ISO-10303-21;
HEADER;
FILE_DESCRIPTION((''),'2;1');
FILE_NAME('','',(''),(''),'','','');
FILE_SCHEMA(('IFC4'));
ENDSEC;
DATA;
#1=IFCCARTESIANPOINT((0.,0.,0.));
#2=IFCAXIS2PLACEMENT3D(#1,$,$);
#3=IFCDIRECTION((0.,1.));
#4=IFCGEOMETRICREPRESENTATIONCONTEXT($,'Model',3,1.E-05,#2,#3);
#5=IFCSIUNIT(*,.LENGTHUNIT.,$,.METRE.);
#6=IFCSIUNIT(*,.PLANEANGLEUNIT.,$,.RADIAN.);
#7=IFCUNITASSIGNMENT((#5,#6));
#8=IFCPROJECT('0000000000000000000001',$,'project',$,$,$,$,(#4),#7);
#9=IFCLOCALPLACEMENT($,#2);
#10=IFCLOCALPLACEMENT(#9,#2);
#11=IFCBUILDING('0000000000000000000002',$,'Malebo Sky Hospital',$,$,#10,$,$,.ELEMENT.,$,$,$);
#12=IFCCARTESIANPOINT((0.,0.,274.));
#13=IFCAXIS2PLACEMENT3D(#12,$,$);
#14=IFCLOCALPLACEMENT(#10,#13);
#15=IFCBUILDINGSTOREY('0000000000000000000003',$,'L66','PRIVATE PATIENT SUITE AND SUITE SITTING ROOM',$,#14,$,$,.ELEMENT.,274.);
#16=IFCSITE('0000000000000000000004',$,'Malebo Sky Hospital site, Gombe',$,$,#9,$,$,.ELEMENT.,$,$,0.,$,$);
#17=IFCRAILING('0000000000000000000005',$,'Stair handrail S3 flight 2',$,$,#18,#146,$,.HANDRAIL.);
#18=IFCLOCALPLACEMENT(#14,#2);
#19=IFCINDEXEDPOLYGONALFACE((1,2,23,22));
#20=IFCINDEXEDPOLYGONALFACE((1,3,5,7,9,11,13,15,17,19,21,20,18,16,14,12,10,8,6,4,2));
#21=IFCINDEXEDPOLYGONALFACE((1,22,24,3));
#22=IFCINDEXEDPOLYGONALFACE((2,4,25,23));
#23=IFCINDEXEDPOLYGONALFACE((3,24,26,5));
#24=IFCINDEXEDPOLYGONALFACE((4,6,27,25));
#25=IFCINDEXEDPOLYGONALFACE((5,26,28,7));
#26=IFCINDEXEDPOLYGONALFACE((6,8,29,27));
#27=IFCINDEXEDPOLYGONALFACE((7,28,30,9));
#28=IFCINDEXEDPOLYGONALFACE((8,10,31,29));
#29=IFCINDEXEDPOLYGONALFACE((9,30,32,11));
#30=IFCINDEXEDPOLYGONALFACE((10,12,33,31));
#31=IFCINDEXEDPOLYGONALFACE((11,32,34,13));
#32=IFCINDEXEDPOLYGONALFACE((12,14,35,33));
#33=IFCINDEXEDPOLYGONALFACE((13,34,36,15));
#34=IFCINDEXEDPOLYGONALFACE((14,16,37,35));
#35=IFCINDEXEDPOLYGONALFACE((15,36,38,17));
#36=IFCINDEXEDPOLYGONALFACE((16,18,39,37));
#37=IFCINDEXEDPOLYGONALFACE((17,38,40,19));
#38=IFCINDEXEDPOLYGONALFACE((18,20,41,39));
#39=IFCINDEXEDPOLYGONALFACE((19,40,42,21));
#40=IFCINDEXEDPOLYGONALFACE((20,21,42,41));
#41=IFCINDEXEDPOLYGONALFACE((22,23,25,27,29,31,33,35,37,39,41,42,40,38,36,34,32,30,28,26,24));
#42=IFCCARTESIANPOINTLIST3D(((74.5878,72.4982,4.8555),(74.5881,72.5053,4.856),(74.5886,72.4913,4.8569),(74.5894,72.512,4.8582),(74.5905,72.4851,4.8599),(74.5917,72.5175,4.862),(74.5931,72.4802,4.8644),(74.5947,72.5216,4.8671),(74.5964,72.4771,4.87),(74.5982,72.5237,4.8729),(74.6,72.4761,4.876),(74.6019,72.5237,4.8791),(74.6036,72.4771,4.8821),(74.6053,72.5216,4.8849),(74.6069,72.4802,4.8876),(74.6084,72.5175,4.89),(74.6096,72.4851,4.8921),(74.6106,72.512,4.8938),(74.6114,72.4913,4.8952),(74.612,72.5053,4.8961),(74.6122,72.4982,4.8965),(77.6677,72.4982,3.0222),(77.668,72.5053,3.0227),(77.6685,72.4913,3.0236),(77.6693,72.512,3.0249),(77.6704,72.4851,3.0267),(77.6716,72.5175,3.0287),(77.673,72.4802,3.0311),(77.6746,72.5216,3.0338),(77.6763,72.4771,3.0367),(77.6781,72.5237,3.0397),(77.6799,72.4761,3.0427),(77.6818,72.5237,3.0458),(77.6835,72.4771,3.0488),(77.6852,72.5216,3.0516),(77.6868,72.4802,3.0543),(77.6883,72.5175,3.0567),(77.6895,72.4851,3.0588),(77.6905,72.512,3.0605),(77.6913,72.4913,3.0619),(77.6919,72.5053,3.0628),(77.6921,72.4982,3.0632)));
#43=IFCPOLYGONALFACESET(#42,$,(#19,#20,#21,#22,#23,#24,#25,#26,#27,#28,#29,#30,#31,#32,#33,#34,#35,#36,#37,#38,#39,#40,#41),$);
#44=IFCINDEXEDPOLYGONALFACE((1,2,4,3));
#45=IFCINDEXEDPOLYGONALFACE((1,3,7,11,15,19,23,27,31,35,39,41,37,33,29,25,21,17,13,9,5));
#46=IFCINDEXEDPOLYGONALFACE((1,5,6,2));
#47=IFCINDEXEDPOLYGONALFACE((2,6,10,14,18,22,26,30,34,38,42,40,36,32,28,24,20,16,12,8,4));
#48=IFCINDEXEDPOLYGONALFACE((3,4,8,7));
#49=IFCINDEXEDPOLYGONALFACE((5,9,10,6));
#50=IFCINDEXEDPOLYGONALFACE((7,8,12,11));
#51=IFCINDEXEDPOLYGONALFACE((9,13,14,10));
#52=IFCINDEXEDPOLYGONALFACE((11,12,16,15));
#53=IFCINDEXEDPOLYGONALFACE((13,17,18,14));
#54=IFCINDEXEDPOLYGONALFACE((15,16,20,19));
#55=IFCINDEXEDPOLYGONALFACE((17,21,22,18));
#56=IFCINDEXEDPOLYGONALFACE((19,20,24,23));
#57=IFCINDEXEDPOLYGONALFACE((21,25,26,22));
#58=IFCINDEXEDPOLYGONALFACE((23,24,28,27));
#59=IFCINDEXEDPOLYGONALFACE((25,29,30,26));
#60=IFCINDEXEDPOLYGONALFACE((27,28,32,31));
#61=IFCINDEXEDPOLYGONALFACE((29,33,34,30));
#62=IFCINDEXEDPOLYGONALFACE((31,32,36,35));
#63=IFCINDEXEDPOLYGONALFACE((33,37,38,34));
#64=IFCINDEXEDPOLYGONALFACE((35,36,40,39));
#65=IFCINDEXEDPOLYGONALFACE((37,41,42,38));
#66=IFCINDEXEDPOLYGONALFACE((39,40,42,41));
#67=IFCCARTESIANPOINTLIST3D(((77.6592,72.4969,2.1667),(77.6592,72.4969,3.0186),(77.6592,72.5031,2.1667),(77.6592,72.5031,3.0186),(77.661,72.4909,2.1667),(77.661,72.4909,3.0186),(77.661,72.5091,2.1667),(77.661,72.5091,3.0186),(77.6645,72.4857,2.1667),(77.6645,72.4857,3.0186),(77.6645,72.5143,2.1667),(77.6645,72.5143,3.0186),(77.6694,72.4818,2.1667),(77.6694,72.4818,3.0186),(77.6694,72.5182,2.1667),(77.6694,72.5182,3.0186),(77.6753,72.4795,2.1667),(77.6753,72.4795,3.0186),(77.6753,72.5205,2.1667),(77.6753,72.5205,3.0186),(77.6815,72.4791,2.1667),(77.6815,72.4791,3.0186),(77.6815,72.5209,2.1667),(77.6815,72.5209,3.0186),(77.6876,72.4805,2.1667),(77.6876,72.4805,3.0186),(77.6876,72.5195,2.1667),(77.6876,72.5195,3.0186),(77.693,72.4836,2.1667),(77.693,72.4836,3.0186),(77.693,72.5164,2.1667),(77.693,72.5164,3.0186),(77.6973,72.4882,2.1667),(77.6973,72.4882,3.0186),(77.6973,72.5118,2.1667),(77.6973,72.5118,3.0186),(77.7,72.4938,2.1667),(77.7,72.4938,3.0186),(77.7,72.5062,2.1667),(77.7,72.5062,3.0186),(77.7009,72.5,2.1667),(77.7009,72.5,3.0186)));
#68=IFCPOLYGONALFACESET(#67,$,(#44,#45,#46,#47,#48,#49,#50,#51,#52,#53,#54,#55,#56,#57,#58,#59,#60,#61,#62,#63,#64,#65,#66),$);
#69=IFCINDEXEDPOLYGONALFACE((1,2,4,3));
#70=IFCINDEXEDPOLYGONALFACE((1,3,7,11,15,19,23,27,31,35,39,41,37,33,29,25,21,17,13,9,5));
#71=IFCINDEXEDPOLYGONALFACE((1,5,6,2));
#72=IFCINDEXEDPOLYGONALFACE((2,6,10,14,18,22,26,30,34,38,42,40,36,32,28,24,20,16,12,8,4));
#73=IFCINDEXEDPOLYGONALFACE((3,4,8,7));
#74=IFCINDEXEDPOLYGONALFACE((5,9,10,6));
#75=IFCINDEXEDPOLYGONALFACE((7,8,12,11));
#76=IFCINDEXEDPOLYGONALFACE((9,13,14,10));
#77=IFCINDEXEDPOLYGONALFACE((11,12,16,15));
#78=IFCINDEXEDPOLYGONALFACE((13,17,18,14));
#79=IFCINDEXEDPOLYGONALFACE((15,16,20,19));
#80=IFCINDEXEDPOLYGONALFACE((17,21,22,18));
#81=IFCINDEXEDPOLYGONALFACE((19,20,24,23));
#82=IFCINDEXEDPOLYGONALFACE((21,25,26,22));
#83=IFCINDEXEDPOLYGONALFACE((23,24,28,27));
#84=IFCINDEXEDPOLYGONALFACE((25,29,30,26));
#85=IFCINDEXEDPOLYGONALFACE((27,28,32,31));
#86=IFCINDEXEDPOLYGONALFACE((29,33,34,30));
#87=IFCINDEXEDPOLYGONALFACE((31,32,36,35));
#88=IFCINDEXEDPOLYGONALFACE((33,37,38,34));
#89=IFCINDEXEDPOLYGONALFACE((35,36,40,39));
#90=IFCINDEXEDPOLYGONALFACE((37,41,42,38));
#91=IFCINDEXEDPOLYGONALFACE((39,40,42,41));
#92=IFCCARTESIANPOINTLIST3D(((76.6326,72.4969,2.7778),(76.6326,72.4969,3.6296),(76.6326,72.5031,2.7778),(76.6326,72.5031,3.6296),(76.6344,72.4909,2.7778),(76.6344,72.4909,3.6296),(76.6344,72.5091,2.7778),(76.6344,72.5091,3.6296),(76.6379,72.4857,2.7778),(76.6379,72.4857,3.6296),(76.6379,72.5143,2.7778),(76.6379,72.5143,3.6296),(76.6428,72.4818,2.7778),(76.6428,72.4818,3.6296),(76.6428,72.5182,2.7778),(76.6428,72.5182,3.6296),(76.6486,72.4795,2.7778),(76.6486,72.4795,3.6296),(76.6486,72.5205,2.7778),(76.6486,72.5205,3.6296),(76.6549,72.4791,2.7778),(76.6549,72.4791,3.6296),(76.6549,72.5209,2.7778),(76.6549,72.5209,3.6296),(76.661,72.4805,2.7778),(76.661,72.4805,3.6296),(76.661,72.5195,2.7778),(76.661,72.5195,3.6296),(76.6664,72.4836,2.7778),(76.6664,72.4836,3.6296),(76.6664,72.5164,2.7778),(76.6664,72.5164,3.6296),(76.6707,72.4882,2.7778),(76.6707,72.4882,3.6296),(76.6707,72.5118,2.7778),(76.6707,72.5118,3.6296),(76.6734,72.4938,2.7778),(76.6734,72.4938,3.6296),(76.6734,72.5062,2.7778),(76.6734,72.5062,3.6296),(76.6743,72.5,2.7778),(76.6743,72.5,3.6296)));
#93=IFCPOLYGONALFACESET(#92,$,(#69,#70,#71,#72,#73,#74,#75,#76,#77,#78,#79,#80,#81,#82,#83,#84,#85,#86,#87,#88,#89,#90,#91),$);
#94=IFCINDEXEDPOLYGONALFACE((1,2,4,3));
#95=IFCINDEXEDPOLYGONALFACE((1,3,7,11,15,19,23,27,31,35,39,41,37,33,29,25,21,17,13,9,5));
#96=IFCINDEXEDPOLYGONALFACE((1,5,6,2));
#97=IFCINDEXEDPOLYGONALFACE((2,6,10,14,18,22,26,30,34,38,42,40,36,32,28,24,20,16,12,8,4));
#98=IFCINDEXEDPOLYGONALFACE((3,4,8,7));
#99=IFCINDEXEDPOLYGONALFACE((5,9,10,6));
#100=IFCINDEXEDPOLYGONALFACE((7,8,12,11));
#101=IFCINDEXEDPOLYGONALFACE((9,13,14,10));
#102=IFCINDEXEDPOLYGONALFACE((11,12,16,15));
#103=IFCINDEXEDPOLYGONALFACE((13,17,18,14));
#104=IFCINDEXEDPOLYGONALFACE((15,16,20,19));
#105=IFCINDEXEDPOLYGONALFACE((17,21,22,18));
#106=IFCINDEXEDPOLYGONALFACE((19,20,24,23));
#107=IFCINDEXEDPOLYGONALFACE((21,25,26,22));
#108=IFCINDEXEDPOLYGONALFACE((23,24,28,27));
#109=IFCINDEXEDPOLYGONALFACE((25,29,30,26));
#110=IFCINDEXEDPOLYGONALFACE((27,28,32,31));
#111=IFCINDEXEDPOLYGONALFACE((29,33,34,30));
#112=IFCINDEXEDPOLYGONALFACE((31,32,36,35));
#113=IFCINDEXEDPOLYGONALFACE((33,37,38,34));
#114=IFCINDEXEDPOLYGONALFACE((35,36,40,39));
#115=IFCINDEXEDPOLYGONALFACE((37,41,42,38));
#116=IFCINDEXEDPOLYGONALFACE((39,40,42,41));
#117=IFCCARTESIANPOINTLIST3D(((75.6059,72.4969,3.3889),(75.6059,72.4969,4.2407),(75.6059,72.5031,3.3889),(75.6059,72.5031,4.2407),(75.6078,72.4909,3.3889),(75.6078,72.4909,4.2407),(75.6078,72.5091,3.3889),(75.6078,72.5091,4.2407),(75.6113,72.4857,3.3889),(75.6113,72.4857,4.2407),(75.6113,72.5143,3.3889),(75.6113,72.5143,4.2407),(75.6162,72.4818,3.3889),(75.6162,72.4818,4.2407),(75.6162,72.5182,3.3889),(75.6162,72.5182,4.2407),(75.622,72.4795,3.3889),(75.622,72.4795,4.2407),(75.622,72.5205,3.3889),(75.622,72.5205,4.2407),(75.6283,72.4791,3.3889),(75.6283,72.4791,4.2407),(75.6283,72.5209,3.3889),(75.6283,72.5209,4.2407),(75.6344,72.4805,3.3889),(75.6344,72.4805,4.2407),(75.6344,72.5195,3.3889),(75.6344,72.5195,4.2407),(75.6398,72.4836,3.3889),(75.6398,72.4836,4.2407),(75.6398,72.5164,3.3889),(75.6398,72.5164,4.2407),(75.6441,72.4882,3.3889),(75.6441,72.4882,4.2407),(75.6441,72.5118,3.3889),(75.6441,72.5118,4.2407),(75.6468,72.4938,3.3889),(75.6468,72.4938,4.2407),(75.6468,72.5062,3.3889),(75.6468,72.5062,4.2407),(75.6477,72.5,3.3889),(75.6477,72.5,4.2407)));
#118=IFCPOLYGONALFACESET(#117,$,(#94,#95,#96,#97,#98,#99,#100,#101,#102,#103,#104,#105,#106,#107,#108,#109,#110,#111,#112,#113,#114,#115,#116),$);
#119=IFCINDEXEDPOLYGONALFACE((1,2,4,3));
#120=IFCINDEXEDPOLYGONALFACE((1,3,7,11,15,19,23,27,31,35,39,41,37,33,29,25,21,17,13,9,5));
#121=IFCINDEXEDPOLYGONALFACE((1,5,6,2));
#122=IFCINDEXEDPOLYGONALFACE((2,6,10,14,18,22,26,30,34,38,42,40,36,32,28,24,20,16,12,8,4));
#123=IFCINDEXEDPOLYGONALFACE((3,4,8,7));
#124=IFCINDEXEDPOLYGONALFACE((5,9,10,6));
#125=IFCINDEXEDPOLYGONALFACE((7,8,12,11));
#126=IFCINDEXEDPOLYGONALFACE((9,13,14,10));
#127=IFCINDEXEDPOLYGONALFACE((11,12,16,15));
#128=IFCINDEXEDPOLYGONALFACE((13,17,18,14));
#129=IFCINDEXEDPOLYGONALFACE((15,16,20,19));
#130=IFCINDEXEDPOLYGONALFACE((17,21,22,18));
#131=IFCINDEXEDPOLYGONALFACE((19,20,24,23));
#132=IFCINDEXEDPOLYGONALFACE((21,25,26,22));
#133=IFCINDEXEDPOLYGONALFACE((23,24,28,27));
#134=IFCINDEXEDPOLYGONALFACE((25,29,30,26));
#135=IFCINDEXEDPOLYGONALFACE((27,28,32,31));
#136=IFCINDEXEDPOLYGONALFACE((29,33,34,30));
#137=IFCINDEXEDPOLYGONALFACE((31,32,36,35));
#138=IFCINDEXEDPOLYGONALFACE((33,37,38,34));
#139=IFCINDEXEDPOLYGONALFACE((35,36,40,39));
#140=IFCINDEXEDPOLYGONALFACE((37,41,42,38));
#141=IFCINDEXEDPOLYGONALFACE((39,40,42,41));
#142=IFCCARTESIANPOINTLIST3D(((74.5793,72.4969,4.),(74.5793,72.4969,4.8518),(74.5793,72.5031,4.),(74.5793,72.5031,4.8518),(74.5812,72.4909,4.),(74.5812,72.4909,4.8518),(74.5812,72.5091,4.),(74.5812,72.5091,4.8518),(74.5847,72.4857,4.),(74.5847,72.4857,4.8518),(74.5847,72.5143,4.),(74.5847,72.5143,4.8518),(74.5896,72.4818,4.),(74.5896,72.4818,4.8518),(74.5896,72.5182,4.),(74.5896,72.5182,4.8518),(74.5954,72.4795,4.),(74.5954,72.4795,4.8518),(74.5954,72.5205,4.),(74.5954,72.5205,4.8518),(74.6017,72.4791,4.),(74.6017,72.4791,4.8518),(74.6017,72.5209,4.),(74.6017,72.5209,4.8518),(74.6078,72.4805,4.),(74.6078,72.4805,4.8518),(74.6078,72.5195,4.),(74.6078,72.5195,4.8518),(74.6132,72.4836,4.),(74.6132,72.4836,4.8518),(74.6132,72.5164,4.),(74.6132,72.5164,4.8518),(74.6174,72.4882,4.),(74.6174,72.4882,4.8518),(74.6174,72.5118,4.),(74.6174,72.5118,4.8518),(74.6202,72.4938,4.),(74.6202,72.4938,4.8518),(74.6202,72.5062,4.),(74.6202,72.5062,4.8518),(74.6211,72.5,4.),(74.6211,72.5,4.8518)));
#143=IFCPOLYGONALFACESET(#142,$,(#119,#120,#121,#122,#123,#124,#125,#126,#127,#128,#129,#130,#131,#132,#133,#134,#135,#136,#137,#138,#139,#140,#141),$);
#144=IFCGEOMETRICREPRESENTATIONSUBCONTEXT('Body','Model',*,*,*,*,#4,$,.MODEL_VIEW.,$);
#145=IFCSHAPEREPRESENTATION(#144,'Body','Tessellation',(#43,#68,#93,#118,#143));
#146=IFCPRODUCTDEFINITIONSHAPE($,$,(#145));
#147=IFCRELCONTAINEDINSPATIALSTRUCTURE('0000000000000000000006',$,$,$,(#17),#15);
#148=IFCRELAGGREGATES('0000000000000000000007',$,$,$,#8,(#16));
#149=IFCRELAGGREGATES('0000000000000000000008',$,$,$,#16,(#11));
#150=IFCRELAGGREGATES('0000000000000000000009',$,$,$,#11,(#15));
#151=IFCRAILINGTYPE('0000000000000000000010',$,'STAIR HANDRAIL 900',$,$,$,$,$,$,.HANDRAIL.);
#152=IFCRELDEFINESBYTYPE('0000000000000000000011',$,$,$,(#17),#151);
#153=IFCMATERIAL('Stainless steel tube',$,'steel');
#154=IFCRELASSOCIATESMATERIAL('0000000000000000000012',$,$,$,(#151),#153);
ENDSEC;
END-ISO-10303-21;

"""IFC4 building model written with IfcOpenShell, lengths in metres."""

from ifc_helpers import new_model, si_unit, direction, frame, origin, origin_2d, place, context, subcontext, project, spatial, circle, extrude, material, type_object, element, save


model = new_model("IFC4")

# Units and contexts
model_context = context("Model", 3, precision=1e-05, world=origin(), true_north=direction((0.0, 1.0)))
body_context = subcontext(model_context, "Body", "Model", "MODEL_VIEW")
ifc_project = project(units=[si_unit("LENGTHUNIT", "METRE"), si_unit("PLANEANGLEUNIT", "RADIAN")], contexts=[model_context])

# Site, building, storey
site_placement = place(None, origin())
site = spatial("IfcSite", under=ifc_project, at=site_placement, Name="Malebo Sky Hospital site, Gombe", CompositionType="ELEMENT", RefElevation=0.0)
building_placement = place(site_placement, origin())
building = spatial("IfcBuilding", under=site, at=building_placement, Name="Malebo Sky Hospital", CompositionType="ELEMENT")
storey_placement = place(building_placement, frame((0.0, 0.0, 274.0)))
storey = spatial("IfcBuildingStorey", under=building, at=storey_placement, Name="L66", Description="PRIVATE PATIENT SUITE AND SUITE SITTING ROOM", CompositionType="ELEMENT", Elevation=274.0)

# Railing
ifc_material_1 = material(Name="Stainless steel tube", Category="steel")
railing_type_1 = type_object("IfcRailingType", Name="STAIR HANDRAIL 900", PredefinedType="HANDRAIL", material=ifc_material_1)
railing_1_placement = place(storey_placement, frame((77.6799, 72.5, 2.1667)))
element("IfcRailing", 1, at=railing_1_placement, inside=storey, type_object=railing_type_1, Name="Stair handrail S3 flight 2", PredefinedType="HANDRAIL", context=body_context, shape_type="SweptSolid", body=[
    extrude(circle(Radius=0.0239, at=origin_2d()), frame((0.0, 0.0, 0.876), z_axis=(-0.859291, 0.0, 0.511487), x_axis=(0.0, -1.0, 0.0)), (0.0, 0.0, 1.0), 3.5842),
    extrude(circle(Radius=0.021, at=origin_2d()), origin(), (0.0, 0.0, 1.0), 0.8518),
    extrude(circle(Radius=0.021, at=origin_2d()), frame((-1.0266, 0.0, 0.6111)), (0.0, 0.0, 1.0), 0.8518),
    extrude(circle(Radius=0.021, at=origin_2d()), frame((-2.0532, 0.0, 1.2222)), (0.0, 0.0, 1.0), 0.8518),
    extrude(circle(Radius=0.021, at=origin_2d()), frame((-3.0798, 0.0, 1.8333)), (0.0, 0.0, 1.0), 0.8518),
])

save(model, "model.ifc")
